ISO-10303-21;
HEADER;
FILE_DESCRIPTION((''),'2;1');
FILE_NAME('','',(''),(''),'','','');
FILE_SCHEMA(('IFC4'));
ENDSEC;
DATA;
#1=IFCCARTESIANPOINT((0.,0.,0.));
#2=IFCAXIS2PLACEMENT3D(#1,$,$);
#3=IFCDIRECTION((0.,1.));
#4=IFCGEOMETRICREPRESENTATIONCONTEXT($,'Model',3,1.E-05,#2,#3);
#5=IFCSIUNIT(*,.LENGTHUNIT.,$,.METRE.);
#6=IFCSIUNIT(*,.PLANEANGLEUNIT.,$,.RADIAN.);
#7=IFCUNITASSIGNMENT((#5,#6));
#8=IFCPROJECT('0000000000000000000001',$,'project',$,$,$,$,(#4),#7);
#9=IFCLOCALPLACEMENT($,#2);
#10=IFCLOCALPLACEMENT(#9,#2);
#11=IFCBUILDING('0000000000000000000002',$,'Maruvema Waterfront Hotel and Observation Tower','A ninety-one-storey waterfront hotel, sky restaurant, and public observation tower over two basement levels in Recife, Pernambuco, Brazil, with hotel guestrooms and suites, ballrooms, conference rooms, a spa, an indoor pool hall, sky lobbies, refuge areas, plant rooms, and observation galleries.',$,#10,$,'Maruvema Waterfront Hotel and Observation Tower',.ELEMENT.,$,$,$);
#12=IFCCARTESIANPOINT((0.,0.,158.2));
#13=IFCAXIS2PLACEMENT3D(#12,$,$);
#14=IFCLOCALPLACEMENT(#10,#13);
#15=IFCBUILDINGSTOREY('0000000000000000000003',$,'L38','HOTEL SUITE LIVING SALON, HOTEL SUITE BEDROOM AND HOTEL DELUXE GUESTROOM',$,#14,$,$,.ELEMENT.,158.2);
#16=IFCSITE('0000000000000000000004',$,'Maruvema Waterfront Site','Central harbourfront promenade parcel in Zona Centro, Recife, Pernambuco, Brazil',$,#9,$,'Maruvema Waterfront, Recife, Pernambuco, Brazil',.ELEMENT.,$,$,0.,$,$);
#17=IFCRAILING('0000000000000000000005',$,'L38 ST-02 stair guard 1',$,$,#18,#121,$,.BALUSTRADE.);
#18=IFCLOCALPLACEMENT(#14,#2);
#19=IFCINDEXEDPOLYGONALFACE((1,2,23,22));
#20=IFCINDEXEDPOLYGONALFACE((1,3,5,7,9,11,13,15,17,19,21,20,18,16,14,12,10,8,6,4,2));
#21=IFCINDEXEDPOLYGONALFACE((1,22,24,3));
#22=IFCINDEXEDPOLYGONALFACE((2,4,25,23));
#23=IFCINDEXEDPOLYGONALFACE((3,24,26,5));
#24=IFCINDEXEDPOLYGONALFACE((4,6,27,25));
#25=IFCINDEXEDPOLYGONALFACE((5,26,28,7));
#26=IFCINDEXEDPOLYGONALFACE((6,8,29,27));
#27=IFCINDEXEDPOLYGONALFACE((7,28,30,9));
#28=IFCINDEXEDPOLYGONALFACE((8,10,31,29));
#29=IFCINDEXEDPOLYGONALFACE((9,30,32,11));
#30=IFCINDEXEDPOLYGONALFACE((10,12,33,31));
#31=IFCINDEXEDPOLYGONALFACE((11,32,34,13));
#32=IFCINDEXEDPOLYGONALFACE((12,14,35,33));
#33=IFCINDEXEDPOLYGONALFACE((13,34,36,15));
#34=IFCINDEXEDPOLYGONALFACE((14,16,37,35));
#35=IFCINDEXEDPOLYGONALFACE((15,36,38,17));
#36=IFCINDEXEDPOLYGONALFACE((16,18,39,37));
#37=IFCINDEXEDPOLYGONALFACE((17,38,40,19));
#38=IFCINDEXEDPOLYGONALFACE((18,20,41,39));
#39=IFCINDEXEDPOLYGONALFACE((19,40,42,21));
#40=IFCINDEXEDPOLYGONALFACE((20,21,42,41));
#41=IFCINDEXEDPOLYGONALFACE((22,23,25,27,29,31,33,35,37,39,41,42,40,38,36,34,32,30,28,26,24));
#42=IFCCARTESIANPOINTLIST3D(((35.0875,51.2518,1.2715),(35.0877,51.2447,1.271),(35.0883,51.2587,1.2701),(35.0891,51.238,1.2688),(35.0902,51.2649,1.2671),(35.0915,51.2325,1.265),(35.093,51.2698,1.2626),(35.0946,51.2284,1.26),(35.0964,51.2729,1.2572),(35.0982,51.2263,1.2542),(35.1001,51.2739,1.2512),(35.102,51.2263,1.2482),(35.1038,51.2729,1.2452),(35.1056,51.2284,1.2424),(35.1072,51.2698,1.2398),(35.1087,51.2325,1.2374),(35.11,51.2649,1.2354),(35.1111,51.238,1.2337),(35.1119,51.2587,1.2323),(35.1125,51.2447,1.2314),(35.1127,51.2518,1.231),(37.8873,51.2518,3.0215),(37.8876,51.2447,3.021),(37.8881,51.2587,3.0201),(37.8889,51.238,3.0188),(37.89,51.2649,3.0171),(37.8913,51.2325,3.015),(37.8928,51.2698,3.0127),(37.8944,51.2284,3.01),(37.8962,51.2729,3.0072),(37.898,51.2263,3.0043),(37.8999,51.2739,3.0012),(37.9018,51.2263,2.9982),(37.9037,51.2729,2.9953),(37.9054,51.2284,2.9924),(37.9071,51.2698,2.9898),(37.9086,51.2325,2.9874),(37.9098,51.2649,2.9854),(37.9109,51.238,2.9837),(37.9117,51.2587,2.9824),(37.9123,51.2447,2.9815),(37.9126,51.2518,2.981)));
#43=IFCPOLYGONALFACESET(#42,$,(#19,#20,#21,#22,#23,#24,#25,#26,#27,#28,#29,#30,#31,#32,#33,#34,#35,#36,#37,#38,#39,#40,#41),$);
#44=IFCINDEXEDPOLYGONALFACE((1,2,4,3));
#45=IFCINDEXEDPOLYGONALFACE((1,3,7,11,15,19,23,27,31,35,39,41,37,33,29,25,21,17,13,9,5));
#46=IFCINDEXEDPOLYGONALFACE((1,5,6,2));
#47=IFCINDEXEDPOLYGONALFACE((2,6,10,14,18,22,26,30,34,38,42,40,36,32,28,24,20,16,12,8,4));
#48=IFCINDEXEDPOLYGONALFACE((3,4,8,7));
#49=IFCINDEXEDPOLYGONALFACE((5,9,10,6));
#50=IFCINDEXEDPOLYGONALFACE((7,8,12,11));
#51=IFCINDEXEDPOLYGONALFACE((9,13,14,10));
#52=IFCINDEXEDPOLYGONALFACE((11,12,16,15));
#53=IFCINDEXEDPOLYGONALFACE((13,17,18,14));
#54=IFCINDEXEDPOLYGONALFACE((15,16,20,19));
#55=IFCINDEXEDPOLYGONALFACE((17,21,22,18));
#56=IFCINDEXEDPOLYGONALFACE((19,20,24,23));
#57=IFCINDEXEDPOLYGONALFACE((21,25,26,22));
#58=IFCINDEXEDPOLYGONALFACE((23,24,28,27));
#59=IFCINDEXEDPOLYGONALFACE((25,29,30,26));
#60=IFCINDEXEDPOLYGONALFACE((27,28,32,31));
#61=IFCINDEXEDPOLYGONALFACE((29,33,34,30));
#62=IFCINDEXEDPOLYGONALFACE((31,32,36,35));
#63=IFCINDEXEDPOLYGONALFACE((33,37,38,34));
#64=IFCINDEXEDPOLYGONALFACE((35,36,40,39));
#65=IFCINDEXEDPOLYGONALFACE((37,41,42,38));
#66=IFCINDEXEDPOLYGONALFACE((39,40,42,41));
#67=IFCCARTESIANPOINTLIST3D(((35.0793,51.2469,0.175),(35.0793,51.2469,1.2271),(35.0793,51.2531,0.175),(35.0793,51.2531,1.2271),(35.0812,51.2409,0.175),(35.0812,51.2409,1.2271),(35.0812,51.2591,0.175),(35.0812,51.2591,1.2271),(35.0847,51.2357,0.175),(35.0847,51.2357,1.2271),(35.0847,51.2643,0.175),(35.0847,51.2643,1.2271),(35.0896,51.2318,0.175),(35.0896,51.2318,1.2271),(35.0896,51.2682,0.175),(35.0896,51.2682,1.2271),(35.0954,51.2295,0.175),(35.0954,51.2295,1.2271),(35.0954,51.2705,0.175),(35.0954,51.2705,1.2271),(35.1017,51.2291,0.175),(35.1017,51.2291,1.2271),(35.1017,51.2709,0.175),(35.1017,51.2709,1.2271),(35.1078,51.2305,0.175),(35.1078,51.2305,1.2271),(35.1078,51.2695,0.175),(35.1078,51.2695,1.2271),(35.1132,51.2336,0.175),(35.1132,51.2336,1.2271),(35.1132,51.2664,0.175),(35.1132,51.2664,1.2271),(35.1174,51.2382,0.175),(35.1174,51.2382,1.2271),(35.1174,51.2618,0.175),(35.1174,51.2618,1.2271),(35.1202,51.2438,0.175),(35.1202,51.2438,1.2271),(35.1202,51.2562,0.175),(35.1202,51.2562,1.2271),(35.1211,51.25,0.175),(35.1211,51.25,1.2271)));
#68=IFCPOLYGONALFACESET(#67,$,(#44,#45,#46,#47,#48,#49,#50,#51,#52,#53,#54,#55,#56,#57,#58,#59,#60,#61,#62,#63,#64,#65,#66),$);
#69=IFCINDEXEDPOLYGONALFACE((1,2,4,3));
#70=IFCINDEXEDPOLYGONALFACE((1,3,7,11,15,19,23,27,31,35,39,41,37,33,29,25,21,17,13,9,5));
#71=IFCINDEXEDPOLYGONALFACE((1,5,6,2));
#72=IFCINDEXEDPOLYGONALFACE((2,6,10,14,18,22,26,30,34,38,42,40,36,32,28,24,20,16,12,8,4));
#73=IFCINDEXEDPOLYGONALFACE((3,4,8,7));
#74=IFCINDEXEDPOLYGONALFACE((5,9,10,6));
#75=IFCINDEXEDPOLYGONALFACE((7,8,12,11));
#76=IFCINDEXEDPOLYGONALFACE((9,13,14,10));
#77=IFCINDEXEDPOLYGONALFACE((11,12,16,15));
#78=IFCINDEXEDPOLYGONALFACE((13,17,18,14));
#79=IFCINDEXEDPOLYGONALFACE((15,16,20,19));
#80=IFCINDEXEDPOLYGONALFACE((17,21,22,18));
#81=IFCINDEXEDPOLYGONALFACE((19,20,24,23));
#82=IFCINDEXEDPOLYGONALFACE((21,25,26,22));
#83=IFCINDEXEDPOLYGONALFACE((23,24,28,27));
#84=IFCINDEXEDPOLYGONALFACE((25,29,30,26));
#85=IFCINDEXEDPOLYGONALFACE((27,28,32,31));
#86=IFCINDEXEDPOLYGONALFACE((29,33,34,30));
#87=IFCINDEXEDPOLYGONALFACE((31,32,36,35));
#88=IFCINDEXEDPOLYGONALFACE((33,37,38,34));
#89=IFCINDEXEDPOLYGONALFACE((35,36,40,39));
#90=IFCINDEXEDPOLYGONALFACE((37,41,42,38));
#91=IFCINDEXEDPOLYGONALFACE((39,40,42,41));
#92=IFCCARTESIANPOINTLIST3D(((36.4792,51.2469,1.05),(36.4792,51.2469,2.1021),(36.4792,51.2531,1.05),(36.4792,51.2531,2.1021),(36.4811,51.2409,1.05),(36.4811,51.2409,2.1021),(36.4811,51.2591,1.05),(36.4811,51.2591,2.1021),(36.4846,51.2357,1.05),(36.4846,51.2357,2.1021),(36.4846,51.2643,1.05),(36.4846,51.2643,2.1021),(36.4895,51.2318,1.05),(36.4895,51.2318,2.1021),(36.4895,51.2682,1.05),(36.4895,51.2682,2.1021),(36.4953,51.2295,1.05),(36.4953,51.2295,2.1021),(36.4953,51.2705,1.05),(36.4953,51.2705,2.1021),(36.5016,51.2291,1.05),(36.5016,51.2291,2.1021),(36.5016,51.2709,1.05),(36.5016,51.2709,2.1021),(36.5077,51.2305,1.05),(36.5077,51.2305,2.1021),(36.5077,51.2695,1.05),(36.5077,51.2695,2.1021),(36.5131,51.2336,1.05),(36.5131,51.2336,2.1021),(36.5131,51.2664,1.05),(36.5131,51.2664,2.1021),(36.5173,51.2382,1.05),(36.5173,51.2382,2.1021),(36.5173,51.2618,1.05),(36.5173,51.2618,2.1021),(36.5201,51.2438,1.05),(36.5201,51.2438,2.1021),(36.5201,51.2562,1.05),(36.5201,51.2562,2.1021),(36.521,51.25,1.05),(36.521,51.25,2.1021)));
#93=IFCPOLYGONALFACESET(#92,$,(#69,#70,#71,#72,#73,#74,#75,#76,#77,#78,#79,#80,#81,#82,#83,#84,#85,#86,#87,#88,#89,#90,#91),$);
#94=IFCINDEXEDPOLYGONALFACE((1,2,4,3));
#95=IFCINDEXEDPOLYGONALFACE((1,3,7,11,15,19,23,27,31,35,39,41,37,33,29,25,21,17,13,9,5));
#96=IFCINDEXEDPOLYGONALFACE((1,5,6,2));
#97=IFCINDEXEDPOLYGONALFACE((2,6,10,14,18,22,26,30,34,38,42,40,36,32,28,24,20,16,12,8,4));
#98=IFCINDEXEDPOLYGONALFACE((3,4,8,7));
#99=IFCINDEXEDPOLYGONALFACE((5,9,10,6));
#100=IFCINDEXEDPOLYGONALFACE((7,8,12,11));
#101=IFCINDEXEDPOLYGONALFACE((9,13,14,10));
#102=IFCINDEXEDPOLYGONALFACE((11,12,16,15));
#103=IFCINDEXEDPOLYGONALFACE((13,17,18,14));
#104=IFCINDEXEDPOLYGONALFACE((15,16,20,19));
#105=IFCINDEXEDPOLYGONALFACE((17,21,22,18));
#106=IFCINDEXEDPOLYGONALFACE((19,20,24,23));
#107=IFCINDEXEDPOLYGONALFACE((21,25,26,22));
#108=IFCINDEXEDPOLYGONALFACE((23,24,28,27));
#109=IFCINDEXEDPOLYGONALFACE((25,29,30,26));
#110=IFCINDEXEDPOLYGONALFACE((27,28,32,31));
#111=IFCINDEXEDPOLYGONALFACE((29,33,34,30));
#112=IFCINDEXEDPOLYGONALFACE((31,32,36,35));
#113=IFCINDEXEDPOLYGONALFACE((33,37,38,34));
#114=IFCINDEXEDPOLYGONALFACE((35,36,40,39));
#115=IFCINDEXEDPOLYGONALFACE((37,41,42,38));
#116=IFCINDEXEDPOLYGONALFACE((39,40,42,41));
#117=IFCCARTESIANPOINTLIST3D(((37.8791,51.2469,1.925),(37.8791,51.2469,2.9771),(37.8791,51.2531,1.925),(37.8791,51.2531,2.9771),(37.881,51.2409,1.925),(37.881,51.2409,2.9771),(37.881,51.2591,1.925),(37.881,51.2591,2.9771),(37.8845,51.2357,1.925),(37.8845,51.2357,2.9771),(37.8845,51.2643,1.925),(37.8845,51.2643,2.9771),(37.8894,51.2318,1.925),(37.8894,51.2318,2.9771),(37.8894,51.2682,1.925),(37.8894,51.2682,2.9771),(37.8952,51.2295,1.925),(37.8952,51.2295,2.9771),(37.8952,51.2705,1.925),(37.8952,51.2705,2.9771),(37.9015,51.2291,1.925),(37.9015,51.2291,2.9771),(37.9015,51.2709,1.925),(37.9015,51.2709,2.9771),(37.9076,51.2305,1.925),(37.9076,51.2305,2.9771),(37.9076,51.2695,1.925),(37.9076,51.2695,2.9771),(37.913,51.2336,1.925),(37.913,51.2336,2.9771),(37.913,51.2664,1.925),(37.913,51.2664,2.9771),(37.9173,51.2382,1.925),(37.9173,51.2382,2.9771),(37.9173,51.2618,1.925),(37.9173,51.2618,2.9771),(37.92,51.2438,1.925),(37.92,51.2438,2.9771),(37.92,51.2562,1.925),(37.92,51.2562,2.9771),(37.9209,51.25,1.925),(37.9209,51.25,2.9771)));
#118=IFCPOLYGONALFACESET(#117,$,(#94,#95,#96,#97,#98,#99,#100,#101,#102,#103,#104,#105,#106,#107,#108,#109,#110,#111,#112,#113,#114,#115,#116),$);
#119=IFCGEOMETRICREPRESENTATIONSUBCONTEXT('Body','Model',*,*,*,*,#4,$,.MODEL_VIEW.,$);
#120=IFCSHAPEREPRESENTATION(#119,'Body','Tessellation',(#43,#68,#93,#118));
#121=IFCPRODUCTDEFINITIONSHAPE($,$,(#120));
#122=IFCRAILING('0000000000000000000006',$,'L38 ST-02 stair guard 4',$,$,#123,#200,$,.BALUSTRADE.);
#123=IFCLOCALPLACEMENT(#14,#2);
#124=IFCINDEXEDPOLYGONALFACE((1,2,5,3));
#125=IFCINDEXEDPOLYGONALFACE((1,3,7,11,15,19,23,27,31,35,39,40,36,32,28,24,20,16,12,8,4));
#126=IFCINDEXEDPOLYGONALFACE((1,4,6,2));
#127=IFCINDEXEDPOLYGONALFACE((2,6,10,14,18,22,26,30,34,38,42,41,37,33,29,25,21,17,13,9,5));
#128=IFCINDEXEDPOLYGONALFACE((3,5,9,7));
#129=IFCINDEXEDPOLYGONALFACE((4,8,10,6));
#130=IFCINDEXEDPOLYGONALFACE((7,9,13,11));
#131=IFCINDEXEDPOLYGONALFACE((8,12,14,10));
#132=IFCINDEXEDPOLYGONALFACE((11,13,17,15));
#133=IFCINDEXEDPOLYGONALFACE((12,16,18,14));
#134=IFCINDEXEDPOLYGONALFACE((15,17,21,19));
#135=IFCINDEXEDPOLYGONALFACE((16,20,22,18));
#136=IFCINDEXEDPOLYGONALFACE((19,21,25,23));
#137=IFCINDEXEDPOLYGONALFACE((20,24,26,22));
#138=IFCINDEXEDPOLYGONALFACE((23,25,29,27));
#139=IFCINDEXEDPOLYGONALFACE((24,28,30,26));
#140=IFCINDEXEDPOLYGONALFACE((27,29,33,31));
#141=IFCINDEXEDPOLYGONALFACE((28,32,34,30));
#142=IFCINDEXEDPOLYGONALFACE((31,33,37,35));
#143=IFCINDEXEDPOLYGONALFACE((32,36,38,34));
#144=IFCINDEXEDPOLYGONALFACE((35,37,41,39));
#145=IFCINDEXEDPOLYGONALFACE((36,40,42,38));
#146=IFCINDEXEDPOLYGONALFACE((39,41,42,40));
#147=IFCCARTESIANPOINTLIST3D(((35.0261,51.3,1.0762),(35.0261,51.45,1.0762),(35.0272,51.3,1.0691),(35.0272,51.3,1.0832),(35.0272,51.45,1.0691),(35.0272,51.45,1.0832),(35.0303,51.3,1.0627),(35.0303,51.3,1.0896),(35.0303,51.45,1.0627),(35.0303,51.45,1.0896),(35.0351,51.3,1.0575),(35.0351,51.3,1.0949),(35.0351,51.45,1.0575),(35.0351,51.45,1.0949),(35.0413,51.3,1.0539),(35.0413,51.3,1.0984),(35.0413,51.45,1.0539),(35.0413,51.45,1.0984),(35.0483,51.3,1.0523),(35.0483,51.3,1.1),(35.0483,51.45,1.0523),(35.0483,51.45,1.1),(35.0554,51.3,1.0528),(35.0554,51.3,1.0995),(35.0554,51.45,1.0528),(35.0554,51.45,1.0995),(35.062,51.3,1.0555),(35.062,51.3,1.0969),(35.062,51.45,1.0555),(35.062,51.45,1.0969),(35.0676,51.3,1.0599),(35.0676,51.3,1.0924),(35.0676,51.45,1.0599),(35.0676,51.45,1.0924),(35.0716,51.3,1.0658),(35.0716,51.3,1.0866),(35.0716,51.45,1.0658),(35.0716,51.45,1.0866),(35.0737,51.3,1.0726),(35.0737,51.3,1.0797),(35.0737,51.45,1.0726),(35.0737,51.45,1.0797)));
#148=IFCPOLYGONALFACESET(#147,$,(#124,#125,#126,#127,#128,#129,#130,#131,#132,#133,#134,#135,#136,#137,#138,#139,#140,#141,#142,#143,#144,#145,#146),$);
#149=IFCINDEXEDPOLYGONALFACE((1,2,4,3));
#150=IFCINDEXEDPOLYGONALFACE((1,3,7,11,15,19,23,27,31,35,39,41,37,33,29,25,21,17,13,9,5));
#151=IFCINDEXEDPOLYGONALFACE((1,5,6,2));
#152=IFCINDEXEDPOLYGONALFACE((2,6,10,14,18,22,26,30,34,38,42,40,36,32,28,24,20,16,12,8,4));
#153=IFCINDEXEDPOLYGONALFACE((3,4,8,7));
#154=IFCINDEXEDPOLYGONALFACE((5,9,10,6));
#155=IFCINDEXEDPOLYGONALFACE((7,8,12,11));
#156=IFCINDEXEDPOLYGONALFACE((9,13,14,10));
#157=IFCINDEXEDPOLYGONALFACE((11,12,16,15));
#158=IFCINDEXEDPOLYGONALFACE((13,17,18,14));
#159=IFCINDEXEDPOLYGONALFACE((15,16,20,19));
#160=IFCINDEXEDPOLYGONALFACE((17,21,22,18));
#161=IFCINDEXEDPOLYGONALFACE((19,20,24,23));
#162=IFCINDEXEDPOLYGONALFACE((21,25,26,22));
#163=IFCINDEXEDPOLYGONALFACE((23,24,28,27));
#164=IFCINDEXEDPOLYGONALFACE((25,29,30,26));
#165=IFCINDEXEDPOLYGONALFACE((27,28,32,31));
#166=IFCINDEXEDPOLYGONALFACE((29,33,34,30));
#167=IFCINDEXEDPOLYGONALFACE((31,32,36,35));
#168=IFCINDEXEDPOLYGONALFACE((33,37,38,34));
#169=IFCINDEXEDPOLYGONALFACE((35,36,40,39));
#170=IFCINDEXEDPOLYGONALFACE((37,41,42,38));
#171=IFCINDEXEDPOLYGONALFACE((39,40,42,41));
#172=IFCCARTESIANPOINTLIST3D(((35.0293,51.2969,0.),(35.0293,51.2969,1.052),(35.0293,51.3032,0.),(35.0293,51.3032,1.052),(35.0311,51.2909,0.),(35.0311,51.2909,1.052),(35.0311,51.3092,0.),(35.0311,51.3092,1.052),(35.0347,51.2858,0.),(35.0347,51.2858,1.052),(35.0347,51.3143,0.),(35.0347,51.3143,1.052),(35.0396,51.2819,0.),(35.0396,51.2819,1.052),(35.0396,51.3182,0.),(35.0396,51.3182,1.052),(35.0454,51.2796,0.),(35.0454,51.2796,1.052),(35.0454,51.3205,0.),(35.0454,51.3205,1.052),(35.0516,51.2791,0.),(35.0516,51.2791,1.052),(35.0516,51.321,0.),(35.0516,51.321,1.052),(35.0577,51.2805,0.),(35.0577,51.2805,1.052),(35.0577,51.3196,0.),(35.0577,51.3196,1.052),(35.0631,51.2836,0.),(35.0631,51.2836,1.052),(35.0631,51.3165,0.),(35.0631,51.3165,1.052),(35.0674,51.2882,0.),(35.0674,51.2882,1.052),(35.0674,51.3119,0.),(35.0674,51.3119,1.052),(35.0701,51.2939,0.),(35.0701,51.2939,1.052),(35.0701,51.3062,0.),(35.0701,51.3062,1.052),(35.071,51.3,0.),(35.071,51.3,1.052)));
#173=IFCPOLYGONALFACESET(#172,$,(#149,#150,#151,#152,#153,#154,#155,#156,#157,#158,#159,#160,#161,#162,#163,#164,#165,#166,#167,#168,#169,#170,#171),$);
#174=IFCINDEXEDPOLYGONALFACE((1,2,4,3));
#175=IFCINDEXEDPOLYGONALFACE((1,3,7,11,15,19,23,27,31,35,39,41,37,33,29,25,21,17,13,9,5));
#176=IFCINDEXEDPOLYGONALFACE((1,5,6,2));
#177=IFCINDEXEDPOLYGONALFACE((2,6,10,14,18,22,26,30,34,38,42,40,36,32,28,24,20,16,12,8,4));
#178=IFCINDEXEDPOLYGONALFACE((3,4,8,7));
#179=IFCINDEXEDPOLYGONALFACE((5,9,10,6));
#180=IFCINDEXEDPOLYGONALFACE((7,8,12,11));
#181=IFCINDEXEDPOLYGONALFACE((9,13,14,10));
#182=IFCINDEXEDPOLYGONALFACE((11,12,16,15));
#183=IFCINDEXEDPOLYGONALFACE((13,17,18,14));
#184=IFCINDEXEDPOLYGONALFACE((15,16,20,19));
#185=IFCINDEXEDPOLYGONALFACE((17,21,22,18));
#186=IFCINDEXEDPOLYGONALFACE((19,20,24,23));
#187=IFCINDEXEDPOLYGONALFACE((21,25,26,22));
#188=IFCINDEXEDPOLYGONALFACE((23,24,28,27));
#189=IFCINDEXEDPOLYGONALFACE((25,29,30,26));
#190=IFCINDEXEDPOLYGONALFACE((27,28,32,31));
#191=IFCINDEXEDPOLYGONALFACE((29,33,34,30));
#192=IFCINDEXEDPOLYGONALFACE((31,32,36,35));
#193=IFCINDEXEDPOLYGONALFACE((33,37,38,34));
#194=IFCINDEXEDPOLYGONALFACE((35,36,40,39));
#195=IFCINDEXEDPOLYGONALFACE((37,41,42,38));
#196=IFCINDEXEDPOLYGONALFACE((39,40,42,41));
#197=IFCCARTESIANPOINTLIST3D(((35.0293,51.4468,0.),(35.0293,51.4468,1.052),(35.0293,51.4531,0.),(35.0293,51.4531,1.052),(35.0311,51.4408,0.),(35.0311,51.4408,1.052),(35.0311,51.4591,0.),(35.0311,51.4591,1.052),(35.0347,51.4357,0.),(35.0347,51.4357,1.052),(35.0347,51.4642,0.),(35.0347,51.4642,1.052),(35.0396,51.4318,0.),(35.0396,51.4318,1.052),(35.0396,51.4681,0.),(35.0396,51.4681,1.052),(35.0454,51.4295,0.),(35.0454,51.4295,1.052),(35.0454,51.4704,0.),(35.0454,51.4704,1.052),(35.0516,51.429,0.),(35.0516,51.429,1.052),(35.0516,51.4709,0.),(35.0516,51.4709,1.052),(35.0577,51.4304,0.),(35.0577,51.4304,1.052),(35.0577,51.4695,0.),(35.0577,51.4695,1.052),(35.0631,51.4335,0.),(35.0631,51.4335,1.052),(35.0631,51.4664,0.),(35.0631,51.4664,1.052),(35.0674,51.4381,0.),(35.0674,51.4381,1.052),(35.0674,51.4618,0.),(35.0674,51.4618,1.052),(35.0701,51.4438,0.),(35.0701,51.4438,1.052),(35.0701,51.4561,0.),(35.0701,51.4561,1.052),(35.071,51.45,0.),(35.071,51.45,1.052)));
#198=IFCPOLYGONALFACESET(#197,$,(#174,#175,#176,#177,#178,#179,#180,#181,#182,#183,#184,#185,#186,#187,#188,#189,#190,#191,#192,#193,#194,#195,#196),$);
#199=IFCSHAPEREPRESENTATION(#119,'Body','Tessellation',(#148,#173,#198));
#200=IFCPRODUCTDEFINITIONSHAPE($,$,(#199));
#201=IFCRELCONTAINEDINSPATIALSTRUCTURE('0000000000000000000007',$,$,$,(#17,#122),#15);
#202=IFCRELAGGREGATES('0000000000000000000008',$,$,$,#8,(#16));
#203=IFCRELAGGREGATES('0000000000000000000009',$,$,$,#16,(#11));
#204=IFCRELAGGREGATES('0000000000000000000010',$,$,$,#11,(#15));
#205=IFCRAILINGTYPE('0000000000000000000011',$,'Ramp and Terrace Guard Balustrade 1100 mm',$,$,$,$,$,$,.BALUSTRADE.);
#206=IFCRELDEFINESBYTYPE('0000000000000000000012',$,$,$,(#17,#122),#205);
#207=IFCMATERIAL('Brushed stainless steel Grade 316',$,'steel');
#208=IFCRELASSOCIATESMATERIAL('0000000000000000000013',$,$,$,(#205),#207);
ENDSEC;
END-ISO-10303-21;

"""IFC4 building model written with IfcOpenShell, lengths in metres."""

from ifc_helpers import new_model, si_unit, direction, frame, origin, origin_2d, place, context, subcontext, project, spatial, circle, extrude, material, type_object, element, save


model = new_model("IFC4")

# Units and contexts
model_context = context("Model", 3, precision=1e-05, world=origin(), true_north=direction((0.0, 1.0)))
body_context = subcontext(model_context, "Body", "Model", "MODEL_VIEW")
ifc_project = project(units=[si_unit("LENGTHUNIT", "METRE"), si_unit("PLANEANGLEUNIT", "RADIAN")], contexts=[model_context])

# Site, building, storey
site_placement = place(None, origin())
site = spatial("IfcSite", under=ifc_project, at=site_placement, Name="Maruvema Waterfront Site", Description="Central harbourfront promenade parcel in Zona Centro, Recife, Pernambuco, Brazil", LongName="Maruvema Waterfront, Recife, Pernambuco, Brazil", CompositionType="ELEMENT", RefElevation=0.0)
building_placement = place(site_placement, origin())
building = spatial("IfcBuilding", under=site, at=building_placement, Name="Maruvema Waterfront Hotel and Observation Tower", Description="A ninety-one-storey waterfront hotel, sky restaurant, and public observation tower over two basement levels in Recife, Pernambuco, Brazil, with hotel guestrooms and suites, ballrooms, conference rooms, a spa, an indoor pool hall, sky lobbies, refuge areas, plant rooms, and observation galleries.", LongName="Maruvema Waterfront Hotel and Observation Tower", CompositionType="ELEMENT")
storey_placement = place(building_placement, frame((0.0, 0.0, 158.2)))
storey = spatial("IfcBuildingStorey", under=building, at=storey_placement, Name="L38", Description="HOTEL SUITE LIVING SALON, HOTEL SUITE BEDROOM AND HOTEL DELUXE GUESTROOM", CompositionType="ELEMENT", Elevation=158.2)

# Railings
ifc_material_1 = material(Name="Brushed stainless steel Grade 316", Category="steel")
railing_type_1 = type_object("IfcRailingType", Name="Ramp and Terrace Guard Balustrade 1100 mm", PredefinedType="BALUSTRADE", material=ifc_material_1)
railing_1_placement = place(storey_placement, frame((35.1001, 51.25, 0.175)))
element("IfcRailing", 1, at=railing_1_placement, inside=storey, type_object=railing_type_1, Name="L38 ST-02 stair guard 1", PredefinedType="BALUSTRADE", context=body_context, shape_type="SweptSolid", body=[
    extrude(circle(Radius=0.0239, at=origin_2d()), frame((0.0, 0.0, 1.0762), z_axis=(0.847982, 0.0, 0.530026), x_axis=(0.0, 1.0, 0.0)), (0.0, 0.0, 1.0), 3.3018),
    extrude(circle(Radius=0.021, at=origin_2d()), origin(), (0.0, 0.0, 1.0), 1.052),
    extrude(circle(Radius=0.021, at=origin_2d()), frame((1.3999, 0.0, 0.875)), (0.0, 0.0, 1.0), 1.052),
    extrude(circle(Radius=0.021, at=origin_2d()), frame((2.7998, 0.0, 1.75)), (0.0, 0.0, 1.0), 1.052),
])
railing_2_placement = place(storey_placement, frame((35.05, 51.3, 0.0)))
element("IfcRailing", 2, at=railing_2_placement, inside=storey, type_object=railing_type_1, Name="L38 ST-02 stair guard 4", PredefinedType="BALUSTRADE", context=body_context, shape_type="SweptSolid", body=[
    extrude(circle(Radius=0.0239, at=origin_2d()), frame((0.0, 0.0, 1.0762), z_axis=(0.0, 1.0, 0.0), x_axis=(-1.0, 0.0, 0.0)), (0.0, 0.0, 1.0), 0.1499),
    extrude(circle(Radius=0.021, at=origin_2d()), origin(), (0.0, 0.0, 1.0), 1.052),
    extrude(circle(Radius=0.021, at=origin_2d()), frame((0.0, 0.1499, 0.0)), (0.0, 0.0, 1.0), 1.052),
])

save(model, "model.ifc")
